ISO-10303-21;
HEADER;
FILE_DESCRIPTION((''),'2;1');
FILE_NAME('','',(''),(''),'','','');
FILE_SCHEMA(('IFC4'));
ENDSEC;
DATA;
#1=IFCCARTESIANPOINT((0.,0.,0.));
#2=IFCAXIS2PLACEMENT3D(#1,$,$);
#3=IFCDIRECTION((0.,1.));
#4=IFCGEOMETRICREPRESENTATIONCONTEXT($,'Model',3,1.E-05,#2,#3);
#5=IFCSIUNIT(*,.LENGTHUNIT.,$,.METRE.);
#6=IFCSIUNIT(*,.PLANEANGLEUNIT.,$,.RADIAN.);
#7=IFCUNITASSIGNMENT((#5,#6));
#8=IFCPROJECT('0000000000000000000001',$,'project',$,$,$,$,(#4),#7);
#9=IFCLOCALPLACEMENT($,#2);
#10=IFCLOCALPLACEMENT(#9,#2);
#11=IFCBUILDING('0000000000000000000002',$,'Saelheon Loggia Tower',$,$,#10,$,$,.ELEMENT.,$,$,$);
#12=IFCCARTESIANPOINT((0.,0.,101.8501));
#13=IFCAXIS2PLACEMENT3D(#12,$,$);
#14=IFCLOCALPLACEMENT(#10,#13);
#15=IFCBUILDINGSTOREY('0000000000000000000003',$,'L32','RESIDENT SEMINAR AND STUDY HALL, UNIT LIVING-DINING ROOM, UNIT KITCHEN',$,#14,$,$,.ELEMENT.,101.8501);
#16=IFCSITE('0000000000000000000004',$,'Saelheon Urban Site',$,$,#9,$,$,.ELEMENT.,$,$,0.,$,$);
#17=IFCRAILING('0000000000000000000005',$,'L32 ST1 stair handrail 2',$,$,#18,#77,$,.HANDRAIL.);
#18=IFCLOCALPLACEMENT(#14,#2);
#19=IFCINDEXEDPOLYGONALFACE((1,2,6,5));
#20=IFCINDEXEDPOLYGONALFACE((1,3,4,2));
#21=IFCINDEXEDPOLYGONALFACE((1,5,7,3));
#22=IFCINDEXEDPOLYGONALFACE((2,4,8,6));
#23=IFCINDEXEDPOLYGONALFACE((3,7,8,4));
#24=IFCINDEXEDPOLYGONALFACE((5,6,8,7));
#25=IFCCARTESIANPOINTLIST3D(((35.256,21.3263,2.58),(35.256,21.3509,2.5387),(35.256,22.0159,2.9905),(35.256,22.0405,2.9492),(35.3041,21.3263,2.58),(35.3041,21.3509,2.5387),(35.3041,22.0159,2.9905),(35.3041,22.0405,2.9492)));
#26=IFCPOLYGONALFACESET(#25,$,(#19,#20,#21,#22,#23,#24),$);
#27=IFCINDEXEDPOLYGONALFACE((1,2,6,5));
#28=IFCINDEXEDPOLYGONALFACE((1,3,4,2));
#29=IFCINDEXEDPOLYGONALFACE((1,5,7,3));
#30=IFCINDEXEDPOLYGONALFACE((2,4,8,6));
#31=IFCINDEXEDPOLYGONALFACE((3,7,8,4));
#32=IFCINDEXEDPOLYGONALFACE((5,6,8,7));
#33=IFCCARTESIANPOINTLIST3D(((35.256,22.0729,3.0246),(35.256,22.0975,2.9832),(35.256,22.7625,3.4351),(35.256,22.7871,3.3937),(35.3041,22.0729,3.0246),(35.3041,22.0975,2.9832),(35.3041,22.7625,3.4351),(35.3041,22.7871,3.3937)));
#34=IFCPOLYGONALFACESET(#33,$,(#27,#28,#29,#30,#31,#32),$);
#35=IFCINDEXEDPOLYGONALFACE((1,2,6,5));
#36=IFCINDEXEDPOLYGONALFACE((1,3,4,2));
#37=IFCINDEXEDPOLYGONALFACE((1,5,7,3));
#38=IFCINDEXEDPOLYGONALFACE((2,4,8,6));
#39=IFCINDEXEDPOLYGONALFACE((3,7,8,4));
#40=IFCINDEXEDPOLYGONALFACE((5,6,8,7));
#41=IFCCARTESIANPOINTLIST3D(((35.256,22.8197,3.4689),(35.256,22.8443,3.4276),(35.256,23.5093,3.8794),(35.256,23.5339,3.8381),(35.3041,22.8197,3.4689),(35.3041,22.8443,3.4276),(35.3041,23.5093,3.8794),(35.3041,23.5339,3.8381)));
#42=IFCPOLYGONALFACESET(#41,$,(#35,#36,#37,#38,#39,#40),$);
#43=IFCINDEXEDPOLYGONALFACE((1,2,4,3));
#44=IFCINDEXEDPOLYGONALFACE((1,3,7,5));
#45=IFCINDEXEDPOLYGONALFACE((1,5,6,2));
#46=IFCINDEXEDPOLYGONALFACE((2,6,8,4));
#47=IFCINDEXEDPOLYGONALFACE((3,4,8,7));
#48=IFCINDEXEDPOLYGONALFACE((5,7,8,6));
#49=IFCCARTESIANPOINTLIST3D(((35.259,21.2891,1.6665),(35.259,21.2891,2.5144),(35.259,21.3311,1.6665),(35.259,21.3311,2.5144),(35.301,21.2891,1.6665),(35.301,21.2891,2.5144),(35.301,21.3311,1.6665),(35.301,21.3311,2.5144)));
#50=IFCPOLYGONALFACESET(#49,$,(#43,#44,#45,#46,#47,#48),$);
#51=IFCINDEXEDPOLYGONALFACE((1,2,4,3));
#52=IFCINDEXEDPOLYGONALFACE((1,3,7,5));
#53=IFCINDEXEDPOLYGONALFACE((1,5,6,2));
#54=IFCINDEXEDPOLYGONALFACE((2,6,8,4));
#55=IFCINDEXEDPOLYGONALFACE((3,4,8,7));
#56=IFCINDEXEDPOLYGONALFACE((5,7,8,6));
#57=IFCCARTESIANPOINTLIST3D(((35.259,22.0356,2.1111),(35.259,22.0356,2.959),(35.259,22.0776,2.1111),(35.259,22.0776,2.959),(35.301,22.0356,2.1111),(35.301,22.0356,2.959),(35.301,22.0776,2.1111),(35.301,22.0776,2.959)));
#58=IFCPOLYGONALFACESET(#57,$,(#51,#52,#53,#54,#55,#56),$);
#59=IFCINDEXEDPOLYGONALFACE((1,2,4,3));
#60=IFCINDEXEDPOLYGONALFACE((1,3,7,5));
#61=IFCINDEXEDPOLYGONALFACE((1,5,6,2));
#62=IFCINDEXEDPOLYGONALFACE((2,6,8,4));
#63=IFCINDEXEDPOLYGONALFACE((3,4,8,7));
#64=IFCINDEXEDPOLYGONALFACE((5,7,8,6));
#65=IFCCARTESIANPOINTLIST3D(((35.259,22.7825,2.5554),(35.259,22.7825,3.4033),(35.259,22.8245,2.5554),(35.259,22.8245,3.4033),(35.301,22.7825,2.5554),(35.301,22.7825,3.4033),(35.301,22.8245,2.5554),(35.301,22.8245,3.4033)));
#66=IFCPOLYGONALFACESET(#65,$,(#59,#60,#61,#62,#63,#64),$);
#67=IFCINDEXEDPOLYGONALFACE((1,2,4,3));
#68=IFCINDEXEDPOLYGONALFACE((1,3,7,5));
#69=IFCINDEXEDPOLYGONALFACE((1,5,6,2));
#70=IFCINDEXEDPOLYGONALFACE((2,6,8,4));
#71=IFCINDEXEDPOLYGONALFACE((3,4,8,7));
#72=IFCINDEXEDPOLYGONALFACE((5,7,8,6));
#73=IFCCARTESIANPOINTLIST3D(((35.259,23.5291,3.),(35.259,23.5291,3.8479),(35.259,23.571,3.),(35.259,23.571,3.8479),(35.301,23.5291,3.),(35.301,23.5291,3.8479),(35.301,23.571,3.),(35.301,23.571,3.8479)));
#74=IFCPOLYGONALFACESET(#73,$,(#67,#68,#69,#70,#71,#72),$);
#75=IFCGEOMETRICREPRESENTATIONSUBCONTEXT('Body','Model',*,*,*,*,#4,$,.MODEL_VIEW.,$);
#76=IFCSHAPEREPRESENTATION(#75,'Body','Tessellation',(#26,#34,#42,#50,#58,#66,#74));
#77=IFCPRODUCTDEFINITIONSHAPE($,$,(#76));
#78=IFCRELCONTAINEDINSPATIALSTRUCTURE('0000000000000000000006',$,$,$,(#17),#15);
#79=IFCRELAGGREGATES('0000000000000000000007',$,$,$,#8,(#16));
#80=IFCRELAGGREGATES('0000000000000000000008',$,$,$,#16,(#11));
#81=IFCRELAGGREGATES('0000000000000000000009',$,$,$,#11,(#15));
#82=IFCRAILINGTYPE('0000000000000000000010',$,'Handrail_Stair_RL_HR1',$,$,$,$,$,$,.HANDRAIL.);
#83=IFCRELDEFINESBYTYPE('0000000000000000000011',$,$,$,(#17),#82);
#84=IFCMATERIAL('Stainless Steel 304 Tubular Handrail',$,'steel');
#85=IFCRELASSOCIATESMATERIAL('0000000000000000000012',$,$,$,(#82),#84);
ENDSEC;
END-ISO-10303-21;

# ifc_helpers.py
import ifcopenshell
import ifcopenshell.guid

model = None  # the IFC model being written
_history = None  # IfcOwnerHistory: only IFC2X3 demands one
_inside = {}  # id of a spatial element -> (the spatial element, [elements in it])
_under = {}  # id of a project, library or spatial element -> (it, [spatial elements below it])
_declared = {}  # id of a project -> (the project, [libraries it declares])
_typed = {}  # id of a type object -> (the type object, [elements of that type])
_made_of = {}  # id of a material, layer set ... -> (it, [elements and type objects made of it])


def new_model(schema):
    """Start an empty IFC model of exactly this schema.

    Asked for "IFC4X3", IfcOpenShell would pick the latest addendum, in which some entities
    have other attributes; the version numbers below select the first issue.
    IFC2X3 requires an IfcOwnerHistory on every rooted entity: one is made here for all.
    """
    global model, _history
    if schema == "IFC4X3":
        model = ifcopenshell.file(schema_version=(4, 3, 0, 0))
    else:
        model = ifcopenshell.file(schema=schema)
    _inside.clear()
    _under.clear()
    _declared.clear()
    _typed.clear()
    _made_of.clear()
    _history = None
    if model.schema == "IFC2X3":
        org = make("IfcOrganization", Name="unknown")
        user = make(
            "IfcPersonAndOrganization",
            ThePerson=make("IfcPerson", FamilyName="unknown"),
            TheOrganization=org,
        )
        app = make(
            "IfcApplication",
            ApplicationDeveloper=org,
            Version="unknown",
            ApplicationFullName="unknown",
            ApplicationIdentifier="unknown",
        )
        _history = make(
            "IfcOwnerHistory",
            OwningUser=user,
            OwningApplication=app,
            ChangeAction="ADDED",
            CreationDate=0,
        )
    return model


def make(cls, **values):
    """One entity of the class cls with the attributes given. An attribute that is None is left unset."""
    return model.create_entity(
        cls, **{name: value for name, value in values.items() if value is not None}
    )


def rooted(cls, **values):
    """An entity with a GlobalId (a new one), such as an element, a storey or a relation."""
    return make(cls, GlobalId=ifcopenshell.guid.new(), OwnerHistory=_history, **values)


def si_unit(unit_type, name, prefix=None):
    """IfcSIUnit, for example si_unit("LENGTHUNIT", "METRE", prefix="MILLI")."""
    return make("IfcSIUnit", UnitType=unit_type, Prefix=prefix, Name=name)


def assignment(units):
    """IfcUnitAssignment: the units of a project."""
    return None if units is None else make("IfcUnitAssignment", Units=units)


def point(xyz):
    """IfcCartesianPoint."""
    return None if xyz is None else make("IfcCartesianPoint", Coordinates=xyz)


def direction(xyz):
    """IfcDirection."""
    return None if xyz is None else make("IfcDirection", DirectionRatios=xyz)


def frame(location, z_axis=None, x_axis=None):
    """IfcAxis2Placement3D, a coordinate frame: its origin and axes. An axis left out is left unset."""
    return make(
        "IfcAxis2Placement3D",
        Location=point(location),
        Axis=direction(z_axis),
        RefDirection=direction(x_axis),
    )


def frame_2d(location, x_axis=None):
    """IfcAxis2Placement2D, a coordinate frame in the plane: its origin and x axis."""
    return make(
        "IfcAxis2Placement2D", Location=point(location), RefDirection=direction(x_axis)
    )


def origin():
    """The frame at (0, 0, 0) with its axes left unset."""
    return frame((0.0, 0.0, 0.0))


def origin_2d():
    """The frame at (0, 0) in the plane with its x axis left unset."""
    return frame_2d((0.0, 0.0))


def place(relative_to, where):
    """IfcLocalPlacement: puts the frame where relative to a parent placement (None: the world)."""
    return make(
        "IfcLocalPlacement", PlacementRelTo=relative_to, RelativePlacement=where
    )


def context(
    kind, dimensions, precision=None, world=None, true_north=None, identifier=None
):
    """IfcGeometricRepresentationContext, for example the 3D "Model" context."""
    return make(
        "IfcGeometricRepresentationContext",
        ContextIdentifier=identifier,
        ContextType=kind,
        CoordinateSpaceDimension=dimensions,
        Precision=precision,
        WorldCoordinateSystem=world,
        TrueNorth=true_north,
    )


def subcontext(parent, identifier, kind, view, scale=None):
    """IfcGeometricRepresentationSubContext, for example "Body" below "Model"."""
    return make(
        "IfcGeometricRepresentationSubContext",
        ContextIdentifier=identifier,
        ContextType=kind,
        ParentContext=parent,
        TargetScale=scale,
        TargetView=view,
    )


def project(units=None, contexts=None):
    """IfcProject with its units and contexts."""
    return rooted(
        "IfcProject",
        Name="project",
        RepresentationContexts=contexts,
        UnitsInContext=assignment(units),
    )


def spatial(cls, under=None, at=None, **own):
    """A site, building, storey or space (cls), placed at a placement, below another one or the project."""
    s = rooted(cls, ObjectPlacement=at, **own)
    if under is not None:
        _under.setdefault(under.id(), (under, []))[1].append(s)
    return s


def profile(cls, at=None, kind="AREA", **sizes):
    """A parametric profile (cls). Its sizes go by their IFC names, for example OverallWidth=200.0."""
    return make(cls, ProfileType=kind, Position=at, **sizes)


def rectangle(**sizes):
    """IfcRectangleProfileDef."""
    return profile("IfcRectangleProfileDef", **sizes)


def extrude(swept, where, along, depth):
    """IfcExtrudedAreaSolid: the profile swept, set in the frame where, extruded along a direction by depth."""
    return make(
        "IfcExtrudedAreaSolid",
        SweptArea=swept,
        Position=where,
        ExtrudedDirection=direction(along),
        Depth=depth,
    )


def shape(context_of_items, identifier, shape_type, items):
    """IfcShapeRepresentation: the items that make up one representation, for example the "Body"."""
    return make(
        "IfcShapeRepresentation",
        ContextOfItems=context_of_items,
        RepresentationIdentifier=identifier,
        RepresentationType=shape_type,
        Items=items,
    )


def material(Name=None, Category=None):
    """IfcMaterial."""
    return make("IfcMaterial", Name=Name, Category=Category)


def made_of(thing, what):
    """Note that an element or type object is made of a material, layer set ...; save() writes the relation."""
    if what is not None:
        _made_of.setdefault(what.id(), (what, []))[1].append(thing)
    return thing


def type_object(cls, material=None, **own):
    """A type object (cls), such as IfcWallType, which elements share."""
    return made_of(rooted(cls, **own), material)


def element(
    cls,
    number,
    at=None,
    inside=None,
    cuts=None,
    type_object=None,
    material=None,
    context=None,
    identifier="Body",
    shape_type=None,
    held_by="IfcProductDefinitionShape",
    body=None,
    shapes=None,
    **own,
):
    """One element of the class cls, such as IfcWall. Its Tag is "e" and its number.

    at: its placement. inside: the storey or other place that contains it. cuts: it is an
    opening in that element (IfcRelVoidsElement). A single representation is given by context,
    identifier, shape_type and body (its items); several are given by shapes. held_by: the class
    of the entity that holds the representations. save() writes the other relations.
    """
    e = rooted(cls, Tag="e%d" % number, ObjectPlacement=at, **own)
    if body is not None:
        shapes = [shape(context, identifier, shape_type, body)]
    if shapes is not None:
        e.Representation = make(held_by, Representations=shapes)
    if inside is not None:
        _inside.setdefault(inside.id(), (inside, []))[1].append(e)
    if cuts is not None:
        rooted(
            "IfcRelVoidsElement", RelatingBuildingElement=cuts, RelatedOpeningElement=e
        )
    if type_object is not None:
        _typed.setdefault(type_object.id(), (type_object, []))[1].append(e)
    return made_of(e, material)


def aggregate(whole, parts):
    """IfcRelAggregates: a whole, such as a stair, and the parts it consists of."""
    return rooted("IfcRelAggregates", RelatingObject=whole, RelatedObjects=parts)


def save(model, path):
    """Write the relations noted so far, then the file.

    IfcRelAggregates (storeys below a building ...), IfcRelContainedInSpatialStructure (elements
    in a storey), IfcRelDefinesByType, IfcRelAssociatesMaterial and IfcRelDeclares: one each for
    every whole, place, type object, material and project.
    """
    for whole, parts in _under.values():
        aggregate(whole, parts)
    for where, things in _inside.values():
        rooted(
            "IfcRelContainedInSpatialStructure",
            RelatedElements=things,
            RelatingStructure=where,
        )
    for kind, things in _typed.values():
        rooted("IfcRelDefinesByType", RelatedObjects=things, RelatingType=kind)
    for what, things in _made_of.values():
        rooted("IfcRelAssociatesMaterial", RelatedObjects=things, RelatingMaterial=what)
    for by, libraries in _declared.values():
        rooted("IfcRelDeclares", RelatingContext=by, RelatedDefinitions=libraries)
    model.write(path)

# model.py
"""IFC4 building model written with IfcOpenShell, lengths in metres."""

from ifc_helpers import new_model, si_unit, direction, frame, origin, origin_2d, place, context, subcontext, project, spatial, rectangle, extrude, material, type_object, element, save


model = new_model("IFC4")

# Units and contexts
model_context = context("Model", 3, precision=1e-05, world=origin(), true_north=direction((0.0, 1.0)))
body_context = subcontext(model_context, "Body", "Model", "MODEL_VIEW")
ifc_project = project(units=[si_unit("LENGTHUNIT", "METRE"), si_unit("PLANEANGLEUNIT", "RADIAN")], contexts=[model_context])

# Site, building, storey
site_placement = place(None, origin())
site = spatial("IfcSite", under=ifc_project, at=site_placement, Name="Saelheon Urban Site", CompositionType="ELEMENT", RefElevation=0.0)
building_placement = place(site_placement, origin())
building = spatial("IfcBuilding", under=site, at=building_placement, Name="Saelheon Loggia Tower", CompositionType="ELEMENT")
storey_placement = place(building_placement, frame((0.0, 0.0, 101.8501)))
storey = spatial("IfcBuildingStorey", under=building, at=storey_placement, Name="L32", Description="RESIDENT SEMINAR AND STUDY HALL, UNIT LIVING-DINING ROOM, UNIT KITCHEN", CompositionType="ELEMENT", Elevation=101.8501)

# Railing
ifc_material_1 = material(Name="Stainless Steel 304 Tubular Handrail", Category="steel")
railing_type_1 = type_object("IfcRailingType", Name="Handrail_Stair_RL_HR1", PredefinedType="HANDRAIL", material=ifc_material_1)
railing_1_placement = place(storey_placement, frame((35.28, 21.3101, 1.6665)))
element("IfcRailing", 1, at=railing_1_placement, inside=storey, type_object=railing_type_1, Name="L32 ST1 stair handrail 2", PredefinedType="HANDRAIL", context=body_context, shape_type="SweptSolid", body=[
    extrude(rectangle(XDim=0.0481, YDim=0.0481, at=origin_2d()), frame((0.0, 0.0286, 0.8928), z_axis=(0.0, 0.859264, 0.511532), x_axis=(-1.0, 0.0, 0.0)), (0.0, 0.0, 1.0), 0.8025),
    extrude(rectangle(XDim=0.0481, YDim=0.0481, at=origin_2d()), frame((0.0, 0.7751, 1.3374), z_axis=(0.0, 0.859264, 0.511532), x_axis=(-1.0, 0.0, 0.0)), (0.0, 0.0, 1.0), 0.8025),
    extrude(rectangle(XDim=0.0481, YDim=0.0481, at=origin_2d()), frame((0.0, 1.522, 1.7817), z_axis=(0.0, 0.859264, 0.511532), x_axis=(-1.0, 0.0, 0.0)), (0.0, 0.0, 1.0), 0.8025),
    extrude(rectangle(XDim=0.042, YDim=0.042, at=origin_2d()), origin(), (0.0, 0.0, 1.0), 0.8479),
    extrude(rectangle(XDim=0.042, YDim=0.042, at=origin_2d()), frame((0.0, 0.7466, 0.4446)), (0.0, 0.0, 1.0), 0.8479),
    extrude(rectangle(XDim=0.042, YDim=0.042, at=origin_2d()), frame((0.0, 1.4934, 0.8889)), (0.0, 0.0, 1.0), 0.8479),
    extrude(rectangle(XDim=0.042, YDim=0.042, at=origin_2d()), frame((0.0, 2.24, 1.3335)), (0.0, 0.0, 1.0), 0.8479),
])

save(model, "model.ifc")
